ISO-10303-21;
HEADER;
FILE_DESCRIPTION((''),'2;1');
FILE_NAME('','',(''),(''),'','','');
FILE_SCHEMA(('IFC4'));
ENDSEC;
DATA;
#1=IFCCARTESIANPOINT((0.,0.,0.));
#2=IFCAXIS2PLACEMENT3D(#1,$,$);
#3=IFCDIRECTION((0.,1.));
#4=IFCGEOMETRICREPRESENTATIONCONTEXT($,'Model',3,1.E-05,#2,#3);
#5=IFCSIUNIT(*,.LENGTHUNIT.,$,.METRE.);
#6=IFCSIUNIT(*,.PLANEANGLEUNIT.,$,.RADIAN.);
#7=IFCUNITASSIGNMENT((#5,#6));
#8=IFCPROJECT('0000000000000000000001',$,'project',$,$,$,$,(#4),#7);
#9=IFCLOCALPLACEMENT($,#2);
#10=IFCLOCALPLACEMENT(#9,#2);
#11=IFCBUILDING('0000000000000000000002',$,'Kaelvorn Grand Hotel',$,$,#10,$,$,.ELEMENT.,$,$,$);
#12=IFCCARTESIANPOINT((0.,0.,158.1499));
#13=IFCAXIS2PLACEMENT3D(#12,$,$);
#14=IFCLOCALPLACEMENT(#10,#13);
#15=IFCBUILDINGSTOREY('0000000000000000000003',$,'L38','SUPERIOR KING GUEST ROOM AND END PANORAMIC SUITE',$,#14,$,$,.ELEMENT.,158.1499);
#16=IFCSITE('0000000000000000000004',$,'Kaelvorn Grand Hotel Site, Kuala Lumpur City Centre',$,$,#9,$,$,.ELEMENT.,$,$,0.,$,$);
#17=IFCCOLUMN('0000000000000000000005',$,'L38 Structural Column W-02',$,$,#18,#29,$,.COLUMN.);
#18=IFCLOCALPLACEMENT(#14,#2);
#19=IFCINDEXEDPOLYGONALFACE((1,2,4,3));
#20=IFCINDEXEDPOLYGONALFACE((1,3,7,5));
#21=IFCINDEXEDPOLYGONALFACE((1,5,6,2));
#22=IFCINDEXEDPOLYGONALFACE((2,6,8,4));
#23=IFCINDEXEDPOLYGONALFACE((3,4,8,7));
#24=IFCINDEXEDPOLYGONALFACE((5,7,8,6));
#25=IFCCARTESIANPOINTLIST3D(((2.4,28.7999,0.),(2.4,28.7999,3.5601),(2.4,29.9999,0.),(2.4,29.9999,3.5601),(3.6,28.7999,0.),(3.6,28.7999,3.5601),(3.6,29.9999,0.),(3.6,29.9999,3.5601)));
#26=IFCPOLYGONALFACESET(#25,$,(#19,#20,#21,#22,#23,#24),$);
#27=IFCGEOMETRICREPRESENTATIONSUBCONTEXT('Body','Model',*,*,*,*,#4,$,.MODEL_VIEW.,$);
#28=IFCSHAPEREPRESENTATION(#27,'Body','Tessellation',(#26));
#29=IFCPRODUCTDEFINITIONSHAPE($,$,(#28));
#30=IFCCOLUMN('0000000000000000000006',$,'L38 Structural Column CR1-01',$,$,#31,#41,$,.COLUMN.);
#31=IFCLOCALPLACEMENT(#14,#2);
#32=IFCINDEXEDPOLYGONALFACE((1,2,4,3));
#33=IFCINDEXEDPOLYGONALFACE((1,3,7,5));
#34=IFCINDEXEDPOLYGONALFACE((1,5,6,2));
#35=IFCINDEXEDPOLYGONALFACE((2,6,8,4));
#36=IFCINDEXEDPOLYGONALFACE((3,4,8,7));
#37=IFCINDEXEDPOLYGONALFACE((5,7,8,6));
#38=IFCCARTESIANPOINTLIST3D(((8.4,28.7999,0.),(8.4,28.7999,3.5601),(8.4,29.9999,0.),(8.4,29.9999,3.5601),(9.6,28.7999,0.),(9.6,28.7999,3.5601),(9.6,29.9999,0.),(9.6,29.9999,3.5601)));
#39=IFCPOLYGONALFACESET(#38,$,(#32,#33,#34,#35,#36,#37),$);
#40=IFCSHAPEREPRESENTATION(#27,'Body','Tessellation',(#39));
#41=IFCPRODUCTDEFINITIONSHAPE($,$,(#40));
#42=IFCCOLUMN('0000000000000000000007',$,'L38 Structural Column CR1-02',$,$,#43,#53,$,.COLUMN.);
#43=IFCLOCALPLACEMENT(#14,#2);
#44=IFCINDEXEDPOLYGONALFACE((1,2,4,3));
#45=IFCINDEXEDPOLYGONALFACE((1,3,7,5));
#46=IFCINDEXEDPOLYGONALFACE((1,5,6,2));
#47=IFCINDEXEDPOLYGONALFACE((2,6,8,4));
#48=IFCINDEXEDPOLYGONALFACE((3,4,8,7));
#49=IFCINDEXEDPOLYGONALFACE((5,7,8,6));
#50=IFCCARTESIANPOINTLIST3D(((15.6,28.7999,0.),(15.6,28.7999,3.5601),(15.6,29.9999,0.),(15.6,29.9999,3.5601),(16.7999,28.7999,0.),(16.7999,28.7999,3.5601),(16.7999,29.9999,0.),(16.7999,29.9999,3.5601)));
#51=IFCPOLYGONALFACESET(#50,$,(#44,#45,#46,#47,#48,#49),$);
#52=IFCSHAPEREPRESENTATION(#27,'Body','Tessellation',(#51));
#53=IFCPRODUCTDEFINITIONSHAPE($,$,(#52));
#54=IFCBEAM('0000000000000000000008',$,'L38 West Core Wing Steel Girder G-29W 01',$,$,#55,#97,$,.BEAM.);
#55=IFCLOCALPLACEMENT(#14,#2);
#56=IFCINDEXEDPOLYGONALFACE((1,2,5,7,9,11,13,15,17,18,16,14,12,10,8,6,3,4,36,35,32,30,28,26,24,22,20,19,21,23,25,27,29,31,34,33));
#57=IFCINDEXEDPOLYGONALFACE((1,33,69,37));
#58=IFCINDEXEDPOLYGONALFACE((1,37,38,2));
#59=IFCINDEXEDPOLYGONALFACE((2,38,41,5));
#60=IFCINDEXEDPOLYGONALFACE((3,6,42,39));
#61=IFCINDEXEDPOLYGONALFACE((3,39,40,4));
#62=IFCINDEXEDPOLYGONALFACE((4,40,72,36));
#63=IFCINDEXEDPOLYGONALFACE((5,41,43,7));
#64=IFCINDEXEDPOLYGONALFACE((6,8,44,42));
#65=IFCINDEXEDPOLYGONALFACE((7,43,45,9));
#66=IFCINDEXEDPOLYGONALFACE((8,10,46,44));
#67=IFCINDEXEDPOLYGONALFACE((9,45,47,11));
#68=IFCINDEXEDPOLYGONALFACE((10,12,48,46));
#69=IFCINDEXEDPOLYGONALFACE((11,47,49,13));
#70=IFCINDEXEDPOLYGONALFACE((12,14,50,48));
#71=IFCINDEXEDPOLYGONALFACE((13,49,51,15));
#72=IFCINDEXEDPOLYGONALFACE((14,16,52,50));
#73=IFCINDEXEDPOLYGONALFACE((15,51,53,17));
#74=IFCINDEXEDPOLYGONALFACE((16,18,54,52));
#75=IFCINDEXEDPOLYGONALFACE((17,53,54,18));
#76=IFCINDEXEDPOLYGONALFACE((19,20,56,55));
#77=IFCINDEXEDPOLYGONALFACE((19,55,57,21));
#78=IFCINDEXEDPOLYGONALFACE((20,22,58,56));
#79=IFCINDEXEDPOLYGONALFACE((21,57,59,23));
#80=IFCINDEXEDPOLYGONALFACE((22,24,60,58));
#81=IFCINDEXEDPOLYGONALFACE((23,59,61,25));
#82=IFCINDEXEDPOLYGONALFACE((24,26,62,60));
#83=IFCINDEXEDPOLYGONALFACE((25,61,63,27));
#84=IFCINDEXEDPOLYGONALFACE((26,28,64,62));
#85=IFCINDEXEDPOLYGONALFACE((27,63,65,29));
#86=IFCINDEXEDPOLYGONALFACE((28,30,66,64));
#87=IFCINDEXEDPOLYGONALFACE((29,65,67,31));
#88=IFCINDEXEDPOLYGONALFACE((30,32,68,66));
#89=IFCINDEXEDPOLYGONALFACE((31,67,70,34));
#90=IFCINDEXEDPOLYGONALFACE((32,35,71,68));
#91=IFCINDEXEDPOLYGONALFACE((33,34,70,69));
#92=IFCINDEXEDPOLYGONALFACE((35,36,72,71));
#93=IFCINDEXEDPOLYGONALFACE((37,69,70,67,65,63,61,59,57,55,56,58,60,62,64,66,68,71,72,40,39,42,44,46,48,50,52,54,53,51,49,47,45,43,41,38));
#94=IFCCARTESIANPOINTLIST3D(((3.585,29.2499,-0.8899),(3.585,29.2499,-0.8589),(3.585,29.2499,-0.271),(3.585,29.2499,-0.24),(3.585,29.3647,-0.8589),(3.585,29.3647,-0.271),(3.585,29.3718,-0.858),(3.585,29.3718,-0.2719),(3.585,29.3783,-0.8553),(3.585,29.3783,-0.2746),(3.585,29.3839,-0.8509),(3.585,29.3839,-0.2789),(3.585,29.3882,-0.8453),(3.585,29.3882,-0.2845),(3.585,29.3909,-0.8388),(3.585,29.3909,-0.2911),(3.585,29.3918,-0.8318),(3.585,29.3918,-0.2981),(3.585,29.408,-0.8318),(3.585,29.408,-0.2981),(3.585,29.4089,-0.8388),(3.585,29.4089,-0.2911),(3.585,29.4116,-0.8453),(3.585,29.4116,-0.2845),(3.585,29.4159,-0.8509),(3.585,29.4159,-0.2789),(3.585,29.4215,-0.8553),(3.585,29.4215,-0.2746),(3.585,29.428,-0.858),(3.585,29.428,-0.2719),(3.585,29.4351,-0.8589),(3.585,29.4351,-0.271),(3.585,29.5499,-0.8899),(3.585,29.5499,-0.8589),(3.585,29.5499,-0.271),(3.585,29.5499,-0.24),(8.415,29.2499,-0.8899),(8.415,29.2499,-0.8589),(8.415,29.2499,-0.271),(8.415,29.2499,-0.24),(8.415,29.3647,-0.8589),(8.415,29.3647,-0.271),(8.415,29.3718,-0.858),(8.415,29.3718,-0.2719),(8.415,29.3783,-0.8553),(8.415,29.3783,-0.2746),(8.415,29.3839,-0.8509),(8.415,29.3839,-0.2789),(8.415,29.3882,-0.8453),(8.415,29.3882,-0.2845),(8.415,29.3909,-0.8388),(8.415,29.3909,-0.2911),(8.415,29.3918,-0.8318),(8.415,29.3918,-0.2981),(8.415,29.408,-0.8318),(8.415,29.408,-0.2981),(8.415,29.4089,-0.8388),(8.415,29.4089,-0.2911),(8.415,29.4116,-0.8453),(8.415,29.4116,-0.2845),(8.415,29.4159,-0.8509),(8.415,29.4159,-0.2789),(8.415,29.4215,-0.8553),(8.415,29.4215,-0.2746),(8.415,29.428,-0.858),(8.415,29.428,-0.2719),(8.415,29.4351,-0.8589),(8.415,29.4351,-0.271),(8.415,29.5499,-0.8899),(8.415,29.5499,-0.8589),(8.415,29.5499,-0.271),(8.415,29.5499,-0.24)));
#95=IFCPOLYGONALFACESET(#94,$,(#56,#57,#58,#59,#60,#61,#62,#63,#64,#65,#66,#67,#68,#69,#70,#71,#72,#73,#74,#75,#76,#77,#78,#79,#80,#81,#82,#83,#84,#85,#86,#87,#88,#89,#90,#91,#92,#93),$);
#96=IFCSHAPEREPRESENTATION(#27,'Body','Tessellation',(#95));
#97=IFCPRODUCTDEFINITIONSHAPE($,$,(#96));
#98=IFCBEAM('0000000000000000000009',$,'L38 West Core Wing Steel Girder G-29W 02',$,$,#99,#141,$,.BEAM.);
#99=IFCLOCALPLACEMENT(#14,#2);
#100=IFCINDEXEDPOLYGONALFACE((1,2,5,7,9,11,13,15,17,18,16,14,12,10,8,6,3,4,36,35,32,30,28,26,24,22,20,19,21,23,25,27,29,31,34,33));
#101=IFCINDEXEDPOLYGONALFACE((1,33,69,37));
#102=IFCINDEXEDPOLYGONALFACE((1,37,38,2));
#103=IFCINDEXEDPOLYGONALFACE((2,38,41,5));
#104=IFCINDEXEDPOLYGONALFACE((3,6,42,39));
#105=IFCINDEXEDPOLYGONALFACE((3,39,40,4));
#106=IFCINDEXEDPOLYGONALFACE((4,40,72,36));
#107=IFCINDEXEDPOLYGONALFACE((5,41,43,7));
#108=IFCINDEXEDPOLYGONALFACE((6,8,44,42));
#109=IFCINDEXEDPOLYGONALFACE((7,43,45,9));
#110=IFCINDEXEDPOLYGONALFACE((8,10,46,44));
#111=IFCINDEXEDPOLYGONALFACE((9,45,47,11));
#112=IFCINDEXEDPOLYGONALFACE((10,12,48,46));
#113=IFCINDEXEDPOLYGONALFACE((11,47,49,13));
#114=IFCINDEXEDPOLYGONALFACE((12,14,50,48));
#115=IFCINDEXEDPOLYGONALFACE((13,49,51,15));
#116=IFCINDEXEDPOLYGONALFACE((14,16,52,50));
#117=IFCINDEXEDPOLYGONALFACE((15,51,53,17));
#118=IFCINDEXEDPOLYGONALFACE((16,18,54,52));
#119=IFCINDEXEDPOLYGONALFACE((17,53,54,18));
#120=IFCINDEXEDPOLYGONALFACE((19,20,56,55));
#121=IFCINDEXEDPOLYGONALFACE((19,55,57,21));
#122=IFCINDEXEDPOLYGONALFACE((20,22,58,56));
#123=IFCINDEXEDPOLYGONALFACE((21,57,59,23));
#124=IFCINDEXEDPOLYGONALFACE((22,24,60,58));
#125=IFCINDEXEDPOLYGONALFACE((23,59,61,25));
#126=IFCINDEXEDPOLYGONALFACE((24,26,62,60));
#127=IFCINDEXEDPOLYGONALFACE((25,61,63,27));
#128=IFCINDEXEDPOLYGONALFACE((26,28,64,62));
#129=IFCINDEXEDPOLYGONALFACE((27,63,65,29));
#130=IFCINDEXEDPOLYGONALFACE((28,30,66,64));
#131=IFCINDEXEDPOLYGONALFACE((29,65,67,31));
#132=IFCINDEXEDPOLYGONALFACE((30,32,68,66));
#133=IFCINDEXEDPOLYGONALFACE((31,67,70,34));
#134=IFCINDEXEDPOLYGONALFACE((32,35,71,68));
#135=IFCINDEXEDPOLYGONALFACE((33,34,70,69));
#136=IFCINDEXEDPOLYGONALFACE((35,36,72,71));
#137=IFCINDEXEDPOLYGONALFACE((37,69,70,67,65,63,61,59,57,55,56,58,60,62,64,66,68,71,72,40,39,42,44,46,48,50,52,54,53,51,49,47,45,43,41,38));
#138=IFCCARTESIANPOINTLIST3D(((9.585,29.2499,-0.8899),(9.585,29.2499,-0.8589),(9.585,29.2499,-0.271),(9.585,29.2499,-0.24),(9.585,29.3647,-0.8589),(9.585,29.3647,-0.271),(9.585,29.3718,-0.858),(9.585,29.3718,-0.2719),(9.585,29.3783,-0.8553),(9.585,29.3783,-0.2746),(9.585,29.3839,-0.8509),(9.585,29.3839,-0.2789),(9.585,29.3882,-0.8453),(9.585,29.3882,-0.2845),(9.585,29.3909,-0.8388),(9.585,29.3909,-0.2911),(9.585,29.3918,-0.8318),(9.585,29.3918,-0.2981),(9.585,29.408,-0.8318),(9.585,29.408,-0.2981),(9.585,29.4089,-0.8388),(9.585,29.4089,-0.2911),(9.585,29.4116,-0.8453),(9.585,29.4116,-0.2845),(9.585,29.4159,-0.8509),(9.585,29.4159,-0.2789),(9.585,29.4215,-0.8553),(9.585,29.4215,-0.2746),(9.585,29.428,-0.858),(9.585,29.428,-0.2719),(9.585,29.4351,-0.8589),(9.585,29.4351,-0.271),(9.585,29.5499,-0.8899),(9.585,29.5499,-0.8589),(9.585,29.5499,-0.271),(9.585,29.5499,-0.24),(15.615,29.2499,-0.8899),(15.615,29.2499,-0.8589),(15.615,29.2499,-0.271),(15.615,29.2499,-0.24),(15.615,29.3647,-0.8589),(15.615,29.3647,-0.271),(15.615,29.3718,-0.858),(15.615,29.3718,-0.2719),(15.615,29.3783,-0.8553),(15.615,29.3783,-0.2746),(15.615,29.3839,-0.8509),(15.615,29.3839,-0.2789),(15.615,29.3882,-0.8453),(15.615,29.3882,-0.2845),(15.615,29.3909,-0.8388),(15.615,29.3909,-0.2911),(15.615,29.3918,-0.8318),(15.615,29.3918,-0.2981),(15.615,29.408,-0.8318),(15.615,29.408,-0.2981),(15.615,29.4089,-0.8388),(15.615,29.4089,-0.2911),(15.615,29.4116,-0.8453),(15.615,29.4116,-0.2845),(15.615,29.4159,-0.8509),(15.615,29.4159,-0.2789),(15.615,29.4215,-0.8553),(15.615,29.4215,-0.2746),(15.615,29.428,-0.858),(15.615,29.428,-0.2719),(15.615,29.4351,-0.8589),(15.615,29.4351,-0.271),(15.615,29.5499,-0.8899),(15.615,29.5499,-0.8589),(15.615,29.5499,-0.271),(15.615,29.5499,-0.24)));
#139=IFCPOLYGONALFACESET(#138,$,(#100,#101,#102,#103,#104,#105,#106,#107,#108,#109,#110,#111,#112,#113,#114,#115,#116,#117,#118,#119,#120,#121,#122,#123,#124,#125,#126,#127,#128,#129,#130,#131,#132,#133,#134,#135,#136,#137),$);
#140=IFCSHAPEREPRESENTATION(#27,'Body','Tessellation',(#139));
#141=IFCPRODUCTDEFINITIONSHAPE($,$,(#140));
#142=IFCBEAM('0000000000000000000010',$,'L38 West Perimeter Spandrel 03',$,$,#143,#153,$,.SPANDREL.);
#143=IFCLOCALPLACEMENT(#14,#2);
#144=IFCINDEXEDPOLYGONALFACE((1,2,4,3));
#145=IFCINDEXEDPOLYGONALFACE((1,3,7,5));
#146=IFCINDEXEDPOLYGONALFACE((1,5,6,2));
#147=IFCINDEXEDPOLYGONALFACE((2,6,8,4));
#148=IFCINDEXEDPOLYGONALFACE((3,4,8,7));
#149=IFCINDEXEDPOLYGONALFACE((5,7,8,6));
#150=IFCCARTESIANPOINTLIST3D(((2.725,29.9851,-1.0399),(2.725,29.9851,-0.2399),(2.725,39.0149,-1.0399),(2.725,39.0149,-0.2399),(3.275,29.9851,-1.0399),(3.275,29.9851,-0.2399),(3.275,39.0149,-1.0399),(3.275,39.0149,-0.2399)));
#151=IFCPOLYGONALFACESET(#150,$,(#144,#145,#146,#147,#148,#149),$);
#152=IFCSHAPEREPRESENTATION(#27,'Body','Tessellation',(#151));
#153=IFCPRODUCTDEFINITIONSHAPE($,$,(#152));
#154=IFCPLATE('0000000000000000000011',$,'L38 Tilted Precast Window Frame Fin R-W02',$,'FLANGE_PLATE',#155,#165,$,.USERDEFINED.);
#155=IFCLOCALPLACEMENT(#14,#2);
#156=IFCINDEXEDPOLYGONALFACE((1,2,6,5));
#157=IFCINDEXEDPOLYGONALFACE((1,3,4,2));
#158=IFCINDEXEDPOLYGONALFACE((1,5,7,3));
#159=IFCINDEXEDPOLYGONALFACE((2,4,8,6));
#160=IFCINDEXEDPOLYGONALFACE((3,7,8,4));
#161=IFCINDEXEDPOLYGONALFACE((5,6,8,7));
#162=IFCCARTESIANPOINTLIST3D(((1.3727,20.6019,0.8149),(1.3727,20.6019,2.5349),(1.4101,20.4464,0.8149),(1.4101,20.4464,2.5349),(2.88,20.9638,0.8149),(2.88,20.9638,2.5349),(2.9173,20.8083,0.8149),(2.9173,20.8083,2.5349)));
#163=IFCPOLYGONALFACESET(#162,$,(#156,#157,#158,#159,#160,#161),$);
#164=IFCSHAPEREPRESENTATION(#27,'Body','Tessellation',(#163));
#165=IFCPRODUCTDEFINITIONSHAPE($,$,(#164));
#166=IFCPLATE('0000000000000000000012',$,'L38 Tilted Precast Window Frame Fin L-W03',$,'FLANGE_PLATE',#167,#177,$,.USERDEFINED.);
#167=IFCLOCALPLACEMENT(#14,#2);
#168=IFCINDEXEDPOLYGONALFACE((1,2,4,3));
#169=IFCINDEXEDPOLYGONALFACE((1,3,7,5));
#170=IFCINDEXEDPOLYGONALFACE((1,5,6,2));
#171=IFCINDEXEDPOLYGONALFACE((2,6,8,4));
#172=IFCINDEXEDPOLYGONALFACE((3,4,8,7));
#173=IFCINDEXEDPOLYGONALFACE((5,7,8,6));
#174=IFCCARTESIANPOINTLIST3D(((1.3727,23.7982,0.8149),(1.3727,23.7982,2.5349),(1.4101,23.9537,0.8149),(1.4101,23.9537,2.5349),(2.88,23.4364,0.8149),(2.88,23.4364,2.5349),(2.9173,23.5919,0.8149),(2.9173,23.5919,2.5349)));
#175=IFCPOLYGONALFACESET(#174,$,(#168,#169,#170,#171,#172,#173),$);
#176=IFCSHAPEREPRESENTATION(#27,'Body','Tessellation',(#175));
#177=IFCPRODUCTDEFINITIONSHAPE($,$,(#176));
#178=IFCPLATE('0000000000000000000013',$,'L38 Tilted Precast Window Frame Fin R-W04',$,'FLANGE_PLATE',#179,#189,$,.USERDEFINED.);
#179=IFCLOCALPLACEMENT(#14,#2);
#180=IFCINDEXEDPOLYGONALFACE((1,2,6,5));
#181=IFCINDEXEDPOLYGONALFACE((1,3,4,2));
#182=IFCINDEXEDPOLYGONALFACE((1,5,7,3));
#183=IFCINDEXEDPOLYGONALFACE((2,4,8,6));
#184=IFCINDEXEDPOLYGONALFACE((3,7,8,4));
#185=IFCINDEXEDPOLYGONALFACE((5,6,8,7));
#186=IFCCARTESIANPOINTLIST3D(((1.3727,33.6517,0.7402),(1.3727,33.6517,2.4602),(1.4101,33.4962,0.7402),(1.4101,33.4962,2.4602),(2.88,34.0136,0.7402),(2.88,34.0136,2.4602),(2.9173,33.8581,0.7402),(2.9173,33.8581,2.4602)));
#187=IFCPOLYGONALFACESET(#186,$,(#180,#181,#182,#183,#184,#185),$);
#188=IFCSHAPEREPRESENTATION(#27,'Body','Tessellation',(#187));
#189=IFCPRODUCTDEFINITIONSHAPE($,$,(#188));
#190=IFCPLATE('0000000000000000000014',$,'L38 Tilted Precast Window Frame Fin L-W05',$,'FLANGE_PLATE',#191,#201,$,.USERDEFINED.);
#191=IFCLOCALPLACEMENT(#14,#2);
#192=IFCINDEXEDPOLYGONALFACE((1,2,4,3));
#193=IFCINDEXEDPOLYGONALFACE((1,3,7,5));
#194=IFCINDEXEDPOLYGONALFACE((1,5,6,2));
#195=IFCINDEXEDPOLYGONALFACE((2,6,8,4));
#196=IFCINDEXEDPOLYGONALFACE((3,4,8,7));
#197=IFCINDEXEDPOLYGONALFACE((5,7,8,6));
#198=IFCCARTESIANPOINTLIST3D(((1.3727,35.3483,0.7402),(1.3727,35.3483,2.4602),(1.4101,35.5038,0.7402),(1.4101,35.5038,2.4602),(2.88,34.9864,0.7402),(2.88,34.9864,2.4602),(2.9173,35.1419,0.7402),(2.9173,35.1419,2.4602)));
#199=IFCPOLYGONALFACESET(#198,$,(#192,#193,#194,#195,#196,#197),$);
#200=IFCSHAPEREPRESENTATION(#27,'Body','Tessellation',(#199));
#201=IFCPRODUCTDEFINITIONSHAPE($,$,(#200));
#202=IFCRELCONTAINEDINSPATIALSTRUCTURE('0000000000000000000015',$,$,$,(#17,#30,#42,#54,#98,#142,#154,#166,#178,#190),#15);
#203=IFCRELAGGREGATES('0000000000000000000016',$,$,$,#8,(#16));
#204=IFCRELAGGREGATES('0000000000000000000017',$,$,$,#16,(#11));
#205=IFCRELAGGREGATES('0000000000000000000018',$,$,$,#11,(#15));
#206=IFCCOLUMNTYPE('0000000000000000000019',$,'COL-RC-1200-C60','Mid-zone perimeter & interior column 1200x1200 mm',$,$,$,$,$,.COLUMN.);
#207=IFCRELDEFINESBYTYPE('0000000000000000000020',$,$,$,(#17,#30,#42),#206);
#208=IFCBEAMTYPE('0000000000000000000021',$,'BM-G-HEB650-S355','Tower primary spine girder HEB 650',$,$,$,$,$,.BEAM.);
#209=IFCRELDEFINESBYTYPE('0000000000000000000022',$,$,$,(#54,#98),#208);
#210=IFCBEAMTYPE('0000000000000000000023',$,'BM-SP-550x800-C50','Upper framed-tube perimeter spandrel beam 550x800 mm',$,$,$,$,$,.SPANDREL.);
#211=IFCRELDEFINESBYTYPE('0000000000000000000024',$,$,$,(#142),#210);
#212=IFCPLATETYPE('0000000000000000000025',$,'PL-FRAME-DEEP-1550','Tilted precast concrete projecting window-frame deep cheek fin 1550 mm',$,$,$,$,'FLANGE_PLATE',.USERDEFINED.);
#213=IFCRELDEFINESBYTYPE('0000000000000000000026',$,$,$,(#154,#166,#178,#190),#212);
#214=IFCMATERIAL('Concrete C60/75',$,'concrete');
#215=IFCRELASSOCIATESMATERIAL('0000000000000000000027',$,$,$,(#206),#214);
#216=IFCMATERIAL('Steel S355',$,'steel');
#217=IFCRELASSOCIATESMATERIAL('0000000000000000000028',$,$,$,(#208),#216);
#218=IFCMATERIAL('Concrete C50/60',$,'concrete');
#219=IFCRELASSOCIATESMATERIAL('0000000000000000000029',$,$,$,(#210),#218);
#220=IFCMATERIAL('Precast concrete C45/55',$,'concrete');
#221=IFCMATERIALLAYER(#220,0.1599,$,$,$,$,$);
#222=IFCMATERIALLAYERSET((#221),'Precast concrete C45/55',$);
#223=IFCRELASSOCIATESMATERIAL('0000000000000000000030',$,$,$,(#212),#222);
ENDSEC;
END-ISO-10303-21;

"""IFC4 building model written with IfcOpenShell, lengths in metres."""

from ifc_helpers import new_model, si_unit, direction, frame, origin, origin_2d, place, context, subcontext, project, spatial, rectangle, i_section, extrude, material, layer, layer_set, material_profile, profile_set, type_object, element, save


model = new_model("IFC4")

# Units and contexts
model_context = context("Model", 3, precision=1e-05, world=origin(), true_north=direction((0.0, 1.0)))
body_context = subcontext(model_context, "Body", "Model", "MODEL_VIEW")
ifc_project = project(units=[si_unit("LENGTHUNIT", "METRE"), si_unit("PLANEANGLEUNIT", "RADIAN")], contexts=[model_context])

# Site, building, storey
site_placement = place(None, origin())
site = spatial("IfcSite", under=ifc_project, at=site_placement, Name="Kaelvorn Grand Hotel Site, Kuala Lumpur City Centre", CompositionType="ELEMENT", RefElevation=0.0)
building_placement = place(site_placement, origin())
building = spatial("IfcBuilding", under=site, at=building_placement, Name="Kaelvorn Grand Hotel", CompositionType="ELEMENT")
storey_placement = place(building_placement, frame((0.0, 0.0, 158.1499)))
storey = spatial("IfcBuildingStorey", under=building, at=storey_placement, Name="L38", Description="SUPERIOR KING GUEST ROOM AND END PANORAMIC SUITE", CompositionType="ELEMENT", Elevation=158.1499)

# Columns
ifc_material_1 = material(Name="Concrete C60/75", Category="concrete")
ifc_material_profile_1 = material_profile(ifc_material_1, rectangle(XDim=1.2, YDim=1.2, at=origin_2d()), Name="RC COL 1200x1200")
ifc_profile_set_1 = profile_set([ifc_material_profile_1], Name="Concrete C60/75")
column_type = type_object("IfcColumnType", Name="COL-RC-1200-C60", Description="Mid-zone perimeter & interior column 1200x1200 mm", PredefinedType="COLUMN", material=ifc_profile_set_1)
for number, where, z_axis, x_axis, name in (
    (1, (3.0, 29.3999, 0.0), (0.0, 0.0, 1.0), (1.0, 0.0, 0.0), "L38 Structural Column W-02"),
    (2, (9.0, 29.3999, 0.0), (0.0, 0.0, 1.0), (1.0, 0.0, 0.0), "L38 Structural Column CR1-01"),
    (3, (16.2, 29.3999, 0.0), (0.0, 0.0, 1.0), (1.0, 0.0, 0.0), "L38 Structural Column CR1-02"),
):
    element("IfcColumn", number, at=place(storey_placement, frame(where, z_axis=z_axis, x_axis=x_axis)), inside=storey, type_object=column_type, Name=name, PredefinedType="COLUMN", context=body_context, shape_type="SweptSolid", body=[
        extrude(rectangle(XDim=1.2, YDim=1.2, at=origin_2d()), origin(), (0.0, 0.0, 1.0), 3.5601),
    ])

# Beams
ifc_material_2 = material(Name="Steel S355", Category="steel")
ifc_material_profile_2 = material_profile(ifc_material_2, i_section(OverallWidth=0.3, OverallDepth=0.6499, WebThickness=0.0161, FlangeThickness=0.031, FilletRadius=0.0271, at=origin_2d()), Name="HEB 650")
ifc_profile_set_2 = profile_set([ifc_material_profile_2], Name="Steel S355")
beam_type_1 = type_object("IfcBeamType", Name="BM-G-HEB650-S355", Description="Tower primary spine girder HEB 650", PredefinedType="BEAM", material=ifc_profile_set_2)
beam_1_placement = place(storey_placement, frame((3.585, 29.3999, -0.5649), z_axis=(1.0, 0.0, 0.0), x_axis=(0.0, 1.0, 0.0)))
element("IfcBeam", 4, at=beam_1_placement, inside=storey, type_object=beam_type_1, Name="L38 West Core Wing Steel Girder G-29W 01", PredefinedType="BEAM", context=body_context, shape_type="SweptSolid", body=[
    extrude(i_section(OverallWidth=0.3, OverallDepth=0.6499, WebThickness=0.0161, FlangeThickness=0.031, FilletRadius=0.0271, at=origin_2d()), origin(), (0.0, 0.0, 1.0), 4.8301),
])
beam_2_placement = place(storey_placement, frame((9.585, 29.3999, -0.5649), z_axis=(1.0, 0.0, 0.0), x_axis=(0.0, 1.0, 0.0)))
element("IfcBeam", 5, at=beam_2_placement, inside=storey, type_object=beam_type_1, Name="L38 West Core Wing Steel Girder G-29W 02", PredefinedType="BEAM", context=body_context, shape_type="SweptSolid", body=[
    extrude(i_section(OverallWidth=0.3, OverallDepth=0.6499, WebThickness=0.0161, FlangeThickness=0.031, FilletRadius=0.0271, at=origin_2d()), origin(), (0.0, 0.0, 1.0), 6.03),
])
ifc_material_3 = material(Name="Concrete C50/60", Category="concrete")
ifc_material_profile_3 = material_profile(ifc_material_3, rectangle(XDim=0.55, YDim=0.8, at=origin_2d()), Name="RC SPANDREL 550x800")
ifc_profile_set_3 = profile_set([ifc_material_profile_3], Name="Concrete C50/60")
beam_type_2 = type_object("IfcBeamType", Name="BM-SP-550x800-C50", Description="Upper framed-tube perimeter spandrel beam 550x800 mm", PredefinedType="SPANDREL", material=ifc_profile_set_3)
beam_3_placement = place(storey_placement, frame((3.0, 29.9851, -0.6399), z_axis=(0.0, 1.0, 0.0), x_axis=(-1.0, 0.0, 0.0)))
element("IfcBeam", 6, at=beam_3_placement, inside=storey, type_object=beam_type_2, Name="L38 West Perimeter Spandrel 03", PredefinedType="SPANDREL", context=body_context, shape_type="SweptSolid", body=[
    extrude(rectangle(XDim=0.55, YDim=0.8, at=origin_2d()), origin(), (0.0, 0.0, 1.0), 9.0298),
])

# Plates
ifc_material_4 = material(Name="Precast concrete C45/55", Category="concrete")
ifc_layer_1 = layer(ifc_material_4, 0.1599)
ifc_layer_set_1 = layer_set([ifc_layer_1], Name="Precast concrete C45/55")
plate_type_1 = type_object("IfcPlateType", Name="PL-FRAME-DEEP-1550", Description="Tilted precast concrete projecting window-frame deep cheek fin 1550 mm", ElementType="FLANGE_PLATE", PredefinedType="USERDEFINED", material=ifc_layer_set_1)
for number, where, z_axis, x_axis, name in (
    (7, (2.145, 20.7051, 0.8149), (0.0, 0.0, 1.0), (-0.233445, 0.97237, 0.0), "L38 Tilted Precast Window Frame Fin R-W02"),
    (8, (2.145, 23.6951, 0.8149), (0.0, 0.0, 1.0), (0.233445, 0.97237, 0.0), "L38 Tilted Precast Window Frame Fin L-W03"),
    (9, (2.145, 33.7549, 0.7402), (0.0, 0.0, 1.0), (-0.233445, 0.97237, 0.0), "L38 Tilted Precast Window Frame Fin R-W04"),
    (10, (2.145, 35.2451, 0.7402), (0.0, 0.0, 1.0), (0.233445, 0.97237, 0.0), "L38 Tilted Precast Window Frame Fin L-W05"),
):
    element("IfcPlate", number, at=place(storey_placement, frame(where, z_axis=z_axis, x_axis=x_axis)), inside=storey, type_object=plate_type_1, Name=name, ObjectType="FLANGE_PLATE", PredefinedType="USERDEFINED", context=body_context, shape_type="SweptSolid", body=[
        extrude(rectangle(XDim=0.1599, YDim=1.55, at=origin_2d()), origin(), (0.0, 0.0, 1.0), 1.72),
    ])

save(model, "model.ifc")
